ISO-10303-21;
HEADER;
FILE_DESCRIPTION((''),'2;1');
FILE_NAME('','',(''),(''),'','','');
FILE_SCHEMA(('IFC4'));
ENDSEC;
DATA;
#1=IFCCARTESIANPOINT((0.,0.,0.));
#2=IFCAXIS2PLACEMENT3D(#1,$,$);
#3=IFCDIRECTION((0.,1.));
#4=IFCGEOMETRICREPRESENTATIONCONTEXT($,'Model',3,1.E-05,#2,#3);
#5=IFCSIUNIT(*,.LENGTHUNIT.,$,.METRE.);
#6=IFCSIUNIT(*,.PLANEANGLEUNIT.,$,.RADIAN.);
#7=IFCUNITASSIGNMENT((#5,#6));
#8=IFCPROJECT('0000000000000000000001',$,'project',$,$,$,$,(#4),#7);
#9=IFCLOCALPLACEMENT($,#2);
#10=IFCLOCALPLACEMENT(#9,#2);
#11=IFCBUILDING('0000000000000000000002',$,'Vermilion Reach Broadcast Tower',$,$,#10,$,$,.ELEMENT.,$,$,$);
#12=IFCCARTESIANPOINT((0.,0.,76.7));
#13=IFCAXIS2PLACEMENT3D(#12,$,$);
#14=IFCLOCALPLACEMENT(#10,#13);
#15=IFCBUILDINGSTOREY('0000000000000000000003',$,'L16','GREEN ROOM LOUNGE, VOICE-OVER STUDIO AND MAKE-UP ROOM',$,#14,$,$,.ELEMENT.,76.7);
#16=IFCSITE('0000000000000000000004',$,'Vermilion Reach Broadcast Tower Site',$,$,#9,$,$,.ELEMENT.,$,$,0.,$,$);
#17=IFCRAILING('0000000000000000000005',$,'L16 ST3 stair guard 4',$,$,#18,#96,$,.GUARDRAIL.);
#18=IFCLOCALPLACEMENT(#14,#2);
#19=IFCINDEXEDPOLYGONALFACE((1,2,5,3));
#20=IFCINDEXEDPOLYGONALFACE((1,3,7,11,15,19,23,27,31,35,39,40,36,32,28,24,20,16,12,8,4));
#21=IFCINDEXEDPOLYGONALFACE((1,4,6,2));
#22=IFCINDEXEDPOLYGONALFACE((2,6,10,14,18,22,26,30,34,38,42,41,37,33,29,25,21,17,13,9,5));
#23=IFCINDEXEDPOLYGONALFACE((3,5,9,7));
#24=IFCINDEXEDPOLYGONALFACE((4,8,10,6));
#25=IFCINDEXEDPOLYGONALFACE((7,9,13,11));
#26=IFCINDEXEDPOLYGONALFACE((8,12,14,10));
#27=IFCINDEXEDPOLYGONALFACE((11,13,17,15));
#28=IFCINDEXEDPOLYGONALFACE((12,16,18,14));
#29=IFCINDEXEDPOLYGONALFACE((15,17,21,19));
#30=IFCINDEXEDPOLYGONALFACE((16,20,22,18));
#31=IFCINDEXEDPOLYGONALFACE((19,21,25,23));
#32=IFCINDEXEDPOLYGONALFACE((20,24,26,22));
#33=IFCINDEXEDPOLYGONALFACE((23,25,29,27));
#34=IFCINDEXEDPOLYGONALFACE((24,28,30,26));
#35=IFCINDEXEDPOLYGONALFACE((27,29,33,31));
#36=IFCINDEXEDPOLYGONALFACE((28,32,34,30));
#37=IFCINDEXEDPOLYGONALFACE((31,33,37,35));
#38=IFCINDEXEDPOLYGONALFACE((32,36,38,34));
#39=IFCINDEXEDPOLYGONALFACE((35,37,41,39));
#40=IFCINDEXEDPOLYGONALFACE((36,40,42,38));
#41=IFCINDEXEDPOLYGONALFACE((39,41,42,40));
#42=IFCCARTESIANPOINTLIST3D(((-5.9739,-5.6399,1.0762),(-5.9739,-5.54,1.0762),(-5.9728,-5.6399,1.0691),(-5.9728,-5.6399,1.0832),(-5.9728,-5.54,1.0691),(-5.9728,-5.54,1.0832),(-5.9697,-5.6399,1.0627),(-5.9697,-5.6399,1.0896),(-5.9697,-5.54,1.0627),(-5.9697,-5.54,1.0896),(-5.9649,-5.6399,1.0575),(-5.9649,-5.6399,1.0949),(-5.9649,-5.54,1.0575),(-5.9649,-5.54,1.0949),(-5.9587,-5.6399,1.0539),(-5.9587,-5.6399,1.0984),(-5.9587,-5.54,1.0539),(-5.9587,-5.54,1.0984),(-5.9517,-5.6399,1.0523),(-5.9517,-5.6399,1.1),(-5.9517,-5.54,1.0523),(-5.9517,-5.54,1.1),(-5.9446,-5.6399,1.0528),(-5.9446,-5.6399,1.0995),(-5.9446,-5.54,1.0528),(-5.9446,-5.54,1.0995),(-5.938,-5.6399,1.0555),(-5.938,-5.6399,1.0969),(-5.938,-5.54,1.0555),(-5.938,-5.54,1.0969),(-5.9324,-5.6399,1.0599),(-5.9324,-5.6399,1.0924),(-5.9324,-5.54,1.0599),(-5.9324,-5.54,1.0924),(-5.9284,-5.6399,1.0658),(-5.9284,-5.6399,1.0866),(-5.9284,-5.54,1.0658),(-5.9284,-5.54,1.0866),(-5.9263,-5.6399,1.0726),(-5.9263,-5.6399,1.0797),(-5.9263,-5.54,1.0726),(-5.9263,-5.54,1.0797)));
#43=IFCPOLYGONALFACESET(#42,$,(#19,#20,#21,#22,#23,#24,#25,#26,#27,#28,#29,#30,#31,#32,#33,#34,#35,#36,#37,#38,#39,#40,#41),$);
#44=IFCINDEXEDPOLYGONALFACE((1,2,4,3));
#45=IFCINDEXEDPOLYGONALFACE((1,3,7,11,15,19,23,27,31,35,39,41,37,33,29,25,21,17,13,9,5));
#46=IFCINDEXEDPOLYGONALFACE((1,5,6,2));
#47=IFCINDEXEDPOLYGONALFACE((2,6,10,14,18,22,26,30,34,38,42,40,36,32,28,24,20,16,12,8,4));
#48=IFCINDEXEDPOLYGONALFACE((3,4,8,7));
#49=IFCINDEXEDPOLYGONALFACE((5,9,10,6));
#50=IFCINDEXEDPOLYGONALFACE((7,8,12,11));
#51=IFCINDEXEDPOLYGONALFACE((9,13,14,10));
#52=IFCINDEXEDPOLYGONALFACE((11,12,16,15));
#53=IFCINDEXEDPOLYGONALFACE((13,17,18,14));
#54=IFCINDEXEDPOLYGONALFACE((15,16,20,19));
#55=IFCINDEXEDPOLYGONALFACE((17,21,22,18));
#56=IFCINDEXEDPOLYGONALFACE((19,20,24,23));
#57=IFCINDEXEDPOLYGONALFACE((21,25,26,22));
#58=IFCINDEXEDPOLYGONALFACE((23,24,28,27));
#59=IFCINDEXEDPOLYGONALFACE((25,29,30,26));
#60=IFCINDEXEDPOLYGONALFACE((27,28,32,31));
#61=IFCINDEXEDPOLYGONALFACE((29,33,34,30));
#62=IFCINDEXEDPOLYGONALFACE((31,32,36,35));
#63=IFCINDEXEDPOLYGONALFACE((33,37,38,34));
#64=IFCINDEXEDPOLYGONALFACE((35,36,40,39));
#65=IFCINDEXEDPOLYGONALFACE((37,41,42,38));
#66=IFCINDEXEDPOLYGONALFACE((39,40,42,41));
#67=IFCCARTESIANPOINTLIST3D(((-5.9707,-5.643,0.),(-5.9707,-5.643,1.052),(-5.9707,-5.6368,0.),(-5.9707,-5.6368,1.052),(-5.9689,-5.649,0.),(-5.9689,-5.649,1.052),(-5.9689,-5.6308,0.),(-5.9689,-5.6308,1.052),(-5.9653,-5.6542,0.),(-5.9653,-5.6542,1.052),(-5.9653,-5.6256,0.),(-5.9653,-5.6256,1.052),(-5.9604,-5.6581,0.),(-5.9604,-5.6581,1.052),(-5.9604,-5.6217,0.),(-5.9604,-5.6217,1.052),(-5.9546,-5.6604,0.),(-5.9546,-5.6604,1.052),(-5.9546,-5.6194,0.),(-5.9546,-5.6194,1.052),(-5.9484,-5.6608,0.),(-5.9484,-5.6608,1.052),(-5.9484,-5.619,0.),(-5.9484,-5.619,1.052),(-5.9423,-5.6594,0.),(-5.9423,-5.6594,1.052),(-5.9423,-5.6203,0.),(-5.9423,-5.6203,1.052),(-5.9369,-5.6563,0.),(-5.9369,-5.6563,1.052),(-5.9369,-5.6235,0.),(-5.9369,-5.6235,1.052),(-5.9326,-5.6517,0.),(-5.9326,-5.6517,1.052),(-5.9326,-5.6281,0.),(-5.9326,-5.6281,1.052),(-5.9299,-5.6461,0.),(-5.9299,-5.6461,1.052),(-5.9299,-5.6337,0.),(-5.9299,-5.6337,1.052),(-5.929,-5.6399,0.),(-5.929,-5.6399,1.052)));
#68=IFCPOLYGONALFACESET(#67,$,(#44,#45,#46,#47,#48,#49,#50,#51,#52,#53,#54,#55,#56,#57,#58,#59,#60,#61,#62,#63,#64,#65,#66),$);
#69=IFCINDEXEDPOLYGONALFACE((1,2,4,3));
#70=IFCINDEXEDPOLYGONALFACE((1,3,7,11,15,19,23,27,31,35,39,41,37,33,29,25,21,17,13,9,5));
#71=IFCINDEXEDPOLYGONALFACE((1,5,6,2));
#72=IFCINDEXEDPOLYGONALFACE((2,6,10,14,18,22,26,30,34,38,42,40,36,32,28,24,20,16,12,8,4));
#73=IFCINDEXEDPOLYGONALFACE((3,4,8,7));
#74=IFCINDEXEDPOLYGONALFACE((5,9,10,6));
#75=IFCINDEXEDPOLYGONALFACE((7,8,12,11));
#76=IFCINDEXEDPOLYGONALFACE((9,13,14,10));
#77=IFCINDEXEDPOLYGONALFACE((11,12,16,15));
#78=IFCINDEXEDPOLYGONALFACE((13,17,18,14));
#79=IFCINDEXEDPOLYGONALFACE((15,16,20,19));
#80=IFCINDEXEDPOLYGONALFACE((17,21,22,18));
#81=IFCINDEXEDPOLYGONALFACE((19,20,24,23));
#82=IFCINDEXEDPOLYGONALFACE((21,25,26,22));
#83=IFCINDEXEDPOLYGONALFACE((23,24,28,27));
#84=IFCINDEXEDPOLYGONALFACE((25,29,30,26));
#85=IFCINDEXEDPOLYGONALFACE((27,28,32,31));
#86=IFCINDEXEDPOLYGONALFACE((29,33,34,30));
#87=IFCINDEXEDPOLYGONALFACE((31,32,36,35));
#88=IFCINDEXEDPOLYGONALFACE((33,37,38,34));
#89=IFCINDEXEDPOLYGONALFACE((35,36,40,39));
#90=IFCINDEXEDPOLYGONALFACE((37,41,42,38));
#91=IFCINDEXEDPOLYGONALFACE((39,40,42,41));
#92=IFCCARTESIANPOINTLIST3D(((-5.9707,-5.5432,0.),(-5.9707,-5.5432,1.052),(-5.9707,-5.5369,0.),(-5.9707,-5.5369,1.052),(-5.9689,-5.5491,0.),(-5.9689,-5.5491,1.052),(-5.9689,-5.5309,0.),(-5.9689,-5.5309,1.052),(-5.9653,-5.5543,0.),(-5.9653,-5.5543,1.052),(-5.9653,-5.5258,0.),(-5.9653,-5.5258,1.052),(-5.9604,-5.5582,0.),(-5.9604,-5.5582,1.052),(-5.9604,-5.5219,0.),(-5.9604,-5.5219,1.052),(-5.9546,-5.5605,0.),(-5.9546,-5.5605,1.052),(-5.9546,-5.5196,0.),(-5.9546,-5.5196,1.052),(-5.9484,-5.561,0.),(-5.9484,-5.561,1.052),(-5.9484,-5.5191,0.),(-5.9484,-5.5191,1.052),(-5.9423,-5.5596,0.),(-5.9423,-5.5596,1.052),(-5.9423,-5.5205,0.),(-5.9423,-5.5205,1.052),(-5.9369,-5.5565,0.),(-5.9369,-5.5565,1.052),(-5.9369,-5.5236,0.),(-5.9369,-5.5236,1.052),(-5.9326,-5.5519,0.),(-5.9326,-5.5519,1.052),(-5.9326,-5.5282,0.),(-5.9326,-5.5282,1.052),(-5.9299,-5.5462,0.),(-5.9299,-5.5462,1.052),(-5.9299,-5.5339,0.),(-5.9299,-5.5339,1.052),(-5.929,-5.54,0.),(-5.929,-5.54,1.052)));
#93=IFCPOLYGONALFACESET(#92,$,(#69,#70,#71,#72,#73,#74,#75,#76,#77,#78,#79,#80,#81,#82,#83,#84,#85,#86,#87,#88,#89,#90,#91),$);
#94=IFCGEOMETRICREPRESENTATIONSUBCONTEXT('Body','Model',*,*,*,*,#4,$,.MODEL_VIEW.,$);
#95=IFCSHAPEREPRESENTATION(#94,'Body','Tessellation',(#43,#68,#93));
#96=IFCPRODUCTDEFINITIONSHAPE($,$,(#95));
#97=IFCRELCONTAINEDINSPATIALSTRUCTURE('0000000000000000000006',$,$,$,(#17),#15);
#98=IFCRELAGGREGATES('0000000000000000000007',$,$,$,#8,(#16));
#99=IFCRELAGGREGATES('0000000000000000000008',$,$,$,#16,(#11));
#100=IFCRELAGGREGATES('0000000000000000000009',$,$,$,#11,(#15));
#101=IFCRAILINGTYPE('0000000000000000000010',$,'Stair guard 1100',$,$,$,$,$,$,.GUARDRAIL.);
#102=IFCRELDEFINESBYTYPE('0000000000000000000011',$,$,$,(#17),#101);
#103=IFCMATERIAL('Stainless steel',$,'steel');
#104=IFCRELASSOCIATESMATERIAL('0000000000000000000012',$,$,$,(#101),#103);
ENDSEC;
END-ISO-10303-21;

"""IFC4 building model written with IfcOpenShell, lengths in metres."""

from ifc_helpers import new_model, si_unit, direction, frame, origin, origin_2d, place, context, subcontext, project, spatial, circle, extrude, material, type_object, element, save


model = new_model("IFC4")

# Units and contexts
model_context = context("Model", 3, precision=1e-05, world=origin(), true_north=direction((0.0, 1.0)))
body_context = subcontext(model_context, "Body", "Model", "MODEL_VIEW")
ifc_project = project(units=[si_unit("LENGTHUNIT", "METRE"), si_unit("PLANEANGLEUNIT", "RADIAN")], contexts=[model_context])

# Site, building, storey
site_placement = place(None, origin())
site = spatial("IfcSite", under=ifc_project, at=site_placement, Name="Vermilion Reach Broadcast Tower Site", CompositionType="ELEMENT", RefElevation=0.0)
building_placement = place(site_placement, origin())
building = spatial("IfcBuilding", under=site, at=building_placement, Name="Vermilion Reach Broadcast Tower", CompositionType="ELEMENT")
storey_placement = place(building_placement, frame((0.0, 0.0, 76.7)))
storey = spatial("IfcBuildingStorey", under=building, at=storey_placement, Name="L16", Description="GREEN ROOM LOUNGE, VOICE-OVER STUDIO AND MAKE-UP ROOM", CompositionType="ELEMENT", Elevation=76.7)

# Railing
ifc_material_1 = material(Name="Stainless steel", Category="steel")
railing_type_1 = type_object("IfcRailingType", Name="Stair guard 1100", PredefinedType="GUARDRAIL", material=ifc_material_1)
railing_1_placement = place(storey_placement, frame((-5.95, -5.6399, 0.0)))
element("IfcRailing", 1, at=railing_1_placement, inside=storey, type_object=railing_type_1, Name="L16 ST3 stair guard 4", PredefinedType="GUARDRAIL", context=body_context, shape_type="SweptSolid", body=[
    extrude(circle(Radius=0.0239, at=origin_2d()), frame((0.0, 0.0, 1.0762), z_axis=(0.0, 1.0, 0.0), x_axis=(-1.0, 0.0, 0.0)), (0.0, 0.0, 1.0), 0.0999),
    extrude(circle(Radius=0.021, at=origin_2d()), origin(), (0.0, 0.0, 1.0), 1.052),
    extrude(circle(Radius=0.021, at=origin_2d()), frame((0.0, 0.0999, 0.0)), (0.0, 0.0, 1.0), 1.052),
])

save(model, "model.ifc")
